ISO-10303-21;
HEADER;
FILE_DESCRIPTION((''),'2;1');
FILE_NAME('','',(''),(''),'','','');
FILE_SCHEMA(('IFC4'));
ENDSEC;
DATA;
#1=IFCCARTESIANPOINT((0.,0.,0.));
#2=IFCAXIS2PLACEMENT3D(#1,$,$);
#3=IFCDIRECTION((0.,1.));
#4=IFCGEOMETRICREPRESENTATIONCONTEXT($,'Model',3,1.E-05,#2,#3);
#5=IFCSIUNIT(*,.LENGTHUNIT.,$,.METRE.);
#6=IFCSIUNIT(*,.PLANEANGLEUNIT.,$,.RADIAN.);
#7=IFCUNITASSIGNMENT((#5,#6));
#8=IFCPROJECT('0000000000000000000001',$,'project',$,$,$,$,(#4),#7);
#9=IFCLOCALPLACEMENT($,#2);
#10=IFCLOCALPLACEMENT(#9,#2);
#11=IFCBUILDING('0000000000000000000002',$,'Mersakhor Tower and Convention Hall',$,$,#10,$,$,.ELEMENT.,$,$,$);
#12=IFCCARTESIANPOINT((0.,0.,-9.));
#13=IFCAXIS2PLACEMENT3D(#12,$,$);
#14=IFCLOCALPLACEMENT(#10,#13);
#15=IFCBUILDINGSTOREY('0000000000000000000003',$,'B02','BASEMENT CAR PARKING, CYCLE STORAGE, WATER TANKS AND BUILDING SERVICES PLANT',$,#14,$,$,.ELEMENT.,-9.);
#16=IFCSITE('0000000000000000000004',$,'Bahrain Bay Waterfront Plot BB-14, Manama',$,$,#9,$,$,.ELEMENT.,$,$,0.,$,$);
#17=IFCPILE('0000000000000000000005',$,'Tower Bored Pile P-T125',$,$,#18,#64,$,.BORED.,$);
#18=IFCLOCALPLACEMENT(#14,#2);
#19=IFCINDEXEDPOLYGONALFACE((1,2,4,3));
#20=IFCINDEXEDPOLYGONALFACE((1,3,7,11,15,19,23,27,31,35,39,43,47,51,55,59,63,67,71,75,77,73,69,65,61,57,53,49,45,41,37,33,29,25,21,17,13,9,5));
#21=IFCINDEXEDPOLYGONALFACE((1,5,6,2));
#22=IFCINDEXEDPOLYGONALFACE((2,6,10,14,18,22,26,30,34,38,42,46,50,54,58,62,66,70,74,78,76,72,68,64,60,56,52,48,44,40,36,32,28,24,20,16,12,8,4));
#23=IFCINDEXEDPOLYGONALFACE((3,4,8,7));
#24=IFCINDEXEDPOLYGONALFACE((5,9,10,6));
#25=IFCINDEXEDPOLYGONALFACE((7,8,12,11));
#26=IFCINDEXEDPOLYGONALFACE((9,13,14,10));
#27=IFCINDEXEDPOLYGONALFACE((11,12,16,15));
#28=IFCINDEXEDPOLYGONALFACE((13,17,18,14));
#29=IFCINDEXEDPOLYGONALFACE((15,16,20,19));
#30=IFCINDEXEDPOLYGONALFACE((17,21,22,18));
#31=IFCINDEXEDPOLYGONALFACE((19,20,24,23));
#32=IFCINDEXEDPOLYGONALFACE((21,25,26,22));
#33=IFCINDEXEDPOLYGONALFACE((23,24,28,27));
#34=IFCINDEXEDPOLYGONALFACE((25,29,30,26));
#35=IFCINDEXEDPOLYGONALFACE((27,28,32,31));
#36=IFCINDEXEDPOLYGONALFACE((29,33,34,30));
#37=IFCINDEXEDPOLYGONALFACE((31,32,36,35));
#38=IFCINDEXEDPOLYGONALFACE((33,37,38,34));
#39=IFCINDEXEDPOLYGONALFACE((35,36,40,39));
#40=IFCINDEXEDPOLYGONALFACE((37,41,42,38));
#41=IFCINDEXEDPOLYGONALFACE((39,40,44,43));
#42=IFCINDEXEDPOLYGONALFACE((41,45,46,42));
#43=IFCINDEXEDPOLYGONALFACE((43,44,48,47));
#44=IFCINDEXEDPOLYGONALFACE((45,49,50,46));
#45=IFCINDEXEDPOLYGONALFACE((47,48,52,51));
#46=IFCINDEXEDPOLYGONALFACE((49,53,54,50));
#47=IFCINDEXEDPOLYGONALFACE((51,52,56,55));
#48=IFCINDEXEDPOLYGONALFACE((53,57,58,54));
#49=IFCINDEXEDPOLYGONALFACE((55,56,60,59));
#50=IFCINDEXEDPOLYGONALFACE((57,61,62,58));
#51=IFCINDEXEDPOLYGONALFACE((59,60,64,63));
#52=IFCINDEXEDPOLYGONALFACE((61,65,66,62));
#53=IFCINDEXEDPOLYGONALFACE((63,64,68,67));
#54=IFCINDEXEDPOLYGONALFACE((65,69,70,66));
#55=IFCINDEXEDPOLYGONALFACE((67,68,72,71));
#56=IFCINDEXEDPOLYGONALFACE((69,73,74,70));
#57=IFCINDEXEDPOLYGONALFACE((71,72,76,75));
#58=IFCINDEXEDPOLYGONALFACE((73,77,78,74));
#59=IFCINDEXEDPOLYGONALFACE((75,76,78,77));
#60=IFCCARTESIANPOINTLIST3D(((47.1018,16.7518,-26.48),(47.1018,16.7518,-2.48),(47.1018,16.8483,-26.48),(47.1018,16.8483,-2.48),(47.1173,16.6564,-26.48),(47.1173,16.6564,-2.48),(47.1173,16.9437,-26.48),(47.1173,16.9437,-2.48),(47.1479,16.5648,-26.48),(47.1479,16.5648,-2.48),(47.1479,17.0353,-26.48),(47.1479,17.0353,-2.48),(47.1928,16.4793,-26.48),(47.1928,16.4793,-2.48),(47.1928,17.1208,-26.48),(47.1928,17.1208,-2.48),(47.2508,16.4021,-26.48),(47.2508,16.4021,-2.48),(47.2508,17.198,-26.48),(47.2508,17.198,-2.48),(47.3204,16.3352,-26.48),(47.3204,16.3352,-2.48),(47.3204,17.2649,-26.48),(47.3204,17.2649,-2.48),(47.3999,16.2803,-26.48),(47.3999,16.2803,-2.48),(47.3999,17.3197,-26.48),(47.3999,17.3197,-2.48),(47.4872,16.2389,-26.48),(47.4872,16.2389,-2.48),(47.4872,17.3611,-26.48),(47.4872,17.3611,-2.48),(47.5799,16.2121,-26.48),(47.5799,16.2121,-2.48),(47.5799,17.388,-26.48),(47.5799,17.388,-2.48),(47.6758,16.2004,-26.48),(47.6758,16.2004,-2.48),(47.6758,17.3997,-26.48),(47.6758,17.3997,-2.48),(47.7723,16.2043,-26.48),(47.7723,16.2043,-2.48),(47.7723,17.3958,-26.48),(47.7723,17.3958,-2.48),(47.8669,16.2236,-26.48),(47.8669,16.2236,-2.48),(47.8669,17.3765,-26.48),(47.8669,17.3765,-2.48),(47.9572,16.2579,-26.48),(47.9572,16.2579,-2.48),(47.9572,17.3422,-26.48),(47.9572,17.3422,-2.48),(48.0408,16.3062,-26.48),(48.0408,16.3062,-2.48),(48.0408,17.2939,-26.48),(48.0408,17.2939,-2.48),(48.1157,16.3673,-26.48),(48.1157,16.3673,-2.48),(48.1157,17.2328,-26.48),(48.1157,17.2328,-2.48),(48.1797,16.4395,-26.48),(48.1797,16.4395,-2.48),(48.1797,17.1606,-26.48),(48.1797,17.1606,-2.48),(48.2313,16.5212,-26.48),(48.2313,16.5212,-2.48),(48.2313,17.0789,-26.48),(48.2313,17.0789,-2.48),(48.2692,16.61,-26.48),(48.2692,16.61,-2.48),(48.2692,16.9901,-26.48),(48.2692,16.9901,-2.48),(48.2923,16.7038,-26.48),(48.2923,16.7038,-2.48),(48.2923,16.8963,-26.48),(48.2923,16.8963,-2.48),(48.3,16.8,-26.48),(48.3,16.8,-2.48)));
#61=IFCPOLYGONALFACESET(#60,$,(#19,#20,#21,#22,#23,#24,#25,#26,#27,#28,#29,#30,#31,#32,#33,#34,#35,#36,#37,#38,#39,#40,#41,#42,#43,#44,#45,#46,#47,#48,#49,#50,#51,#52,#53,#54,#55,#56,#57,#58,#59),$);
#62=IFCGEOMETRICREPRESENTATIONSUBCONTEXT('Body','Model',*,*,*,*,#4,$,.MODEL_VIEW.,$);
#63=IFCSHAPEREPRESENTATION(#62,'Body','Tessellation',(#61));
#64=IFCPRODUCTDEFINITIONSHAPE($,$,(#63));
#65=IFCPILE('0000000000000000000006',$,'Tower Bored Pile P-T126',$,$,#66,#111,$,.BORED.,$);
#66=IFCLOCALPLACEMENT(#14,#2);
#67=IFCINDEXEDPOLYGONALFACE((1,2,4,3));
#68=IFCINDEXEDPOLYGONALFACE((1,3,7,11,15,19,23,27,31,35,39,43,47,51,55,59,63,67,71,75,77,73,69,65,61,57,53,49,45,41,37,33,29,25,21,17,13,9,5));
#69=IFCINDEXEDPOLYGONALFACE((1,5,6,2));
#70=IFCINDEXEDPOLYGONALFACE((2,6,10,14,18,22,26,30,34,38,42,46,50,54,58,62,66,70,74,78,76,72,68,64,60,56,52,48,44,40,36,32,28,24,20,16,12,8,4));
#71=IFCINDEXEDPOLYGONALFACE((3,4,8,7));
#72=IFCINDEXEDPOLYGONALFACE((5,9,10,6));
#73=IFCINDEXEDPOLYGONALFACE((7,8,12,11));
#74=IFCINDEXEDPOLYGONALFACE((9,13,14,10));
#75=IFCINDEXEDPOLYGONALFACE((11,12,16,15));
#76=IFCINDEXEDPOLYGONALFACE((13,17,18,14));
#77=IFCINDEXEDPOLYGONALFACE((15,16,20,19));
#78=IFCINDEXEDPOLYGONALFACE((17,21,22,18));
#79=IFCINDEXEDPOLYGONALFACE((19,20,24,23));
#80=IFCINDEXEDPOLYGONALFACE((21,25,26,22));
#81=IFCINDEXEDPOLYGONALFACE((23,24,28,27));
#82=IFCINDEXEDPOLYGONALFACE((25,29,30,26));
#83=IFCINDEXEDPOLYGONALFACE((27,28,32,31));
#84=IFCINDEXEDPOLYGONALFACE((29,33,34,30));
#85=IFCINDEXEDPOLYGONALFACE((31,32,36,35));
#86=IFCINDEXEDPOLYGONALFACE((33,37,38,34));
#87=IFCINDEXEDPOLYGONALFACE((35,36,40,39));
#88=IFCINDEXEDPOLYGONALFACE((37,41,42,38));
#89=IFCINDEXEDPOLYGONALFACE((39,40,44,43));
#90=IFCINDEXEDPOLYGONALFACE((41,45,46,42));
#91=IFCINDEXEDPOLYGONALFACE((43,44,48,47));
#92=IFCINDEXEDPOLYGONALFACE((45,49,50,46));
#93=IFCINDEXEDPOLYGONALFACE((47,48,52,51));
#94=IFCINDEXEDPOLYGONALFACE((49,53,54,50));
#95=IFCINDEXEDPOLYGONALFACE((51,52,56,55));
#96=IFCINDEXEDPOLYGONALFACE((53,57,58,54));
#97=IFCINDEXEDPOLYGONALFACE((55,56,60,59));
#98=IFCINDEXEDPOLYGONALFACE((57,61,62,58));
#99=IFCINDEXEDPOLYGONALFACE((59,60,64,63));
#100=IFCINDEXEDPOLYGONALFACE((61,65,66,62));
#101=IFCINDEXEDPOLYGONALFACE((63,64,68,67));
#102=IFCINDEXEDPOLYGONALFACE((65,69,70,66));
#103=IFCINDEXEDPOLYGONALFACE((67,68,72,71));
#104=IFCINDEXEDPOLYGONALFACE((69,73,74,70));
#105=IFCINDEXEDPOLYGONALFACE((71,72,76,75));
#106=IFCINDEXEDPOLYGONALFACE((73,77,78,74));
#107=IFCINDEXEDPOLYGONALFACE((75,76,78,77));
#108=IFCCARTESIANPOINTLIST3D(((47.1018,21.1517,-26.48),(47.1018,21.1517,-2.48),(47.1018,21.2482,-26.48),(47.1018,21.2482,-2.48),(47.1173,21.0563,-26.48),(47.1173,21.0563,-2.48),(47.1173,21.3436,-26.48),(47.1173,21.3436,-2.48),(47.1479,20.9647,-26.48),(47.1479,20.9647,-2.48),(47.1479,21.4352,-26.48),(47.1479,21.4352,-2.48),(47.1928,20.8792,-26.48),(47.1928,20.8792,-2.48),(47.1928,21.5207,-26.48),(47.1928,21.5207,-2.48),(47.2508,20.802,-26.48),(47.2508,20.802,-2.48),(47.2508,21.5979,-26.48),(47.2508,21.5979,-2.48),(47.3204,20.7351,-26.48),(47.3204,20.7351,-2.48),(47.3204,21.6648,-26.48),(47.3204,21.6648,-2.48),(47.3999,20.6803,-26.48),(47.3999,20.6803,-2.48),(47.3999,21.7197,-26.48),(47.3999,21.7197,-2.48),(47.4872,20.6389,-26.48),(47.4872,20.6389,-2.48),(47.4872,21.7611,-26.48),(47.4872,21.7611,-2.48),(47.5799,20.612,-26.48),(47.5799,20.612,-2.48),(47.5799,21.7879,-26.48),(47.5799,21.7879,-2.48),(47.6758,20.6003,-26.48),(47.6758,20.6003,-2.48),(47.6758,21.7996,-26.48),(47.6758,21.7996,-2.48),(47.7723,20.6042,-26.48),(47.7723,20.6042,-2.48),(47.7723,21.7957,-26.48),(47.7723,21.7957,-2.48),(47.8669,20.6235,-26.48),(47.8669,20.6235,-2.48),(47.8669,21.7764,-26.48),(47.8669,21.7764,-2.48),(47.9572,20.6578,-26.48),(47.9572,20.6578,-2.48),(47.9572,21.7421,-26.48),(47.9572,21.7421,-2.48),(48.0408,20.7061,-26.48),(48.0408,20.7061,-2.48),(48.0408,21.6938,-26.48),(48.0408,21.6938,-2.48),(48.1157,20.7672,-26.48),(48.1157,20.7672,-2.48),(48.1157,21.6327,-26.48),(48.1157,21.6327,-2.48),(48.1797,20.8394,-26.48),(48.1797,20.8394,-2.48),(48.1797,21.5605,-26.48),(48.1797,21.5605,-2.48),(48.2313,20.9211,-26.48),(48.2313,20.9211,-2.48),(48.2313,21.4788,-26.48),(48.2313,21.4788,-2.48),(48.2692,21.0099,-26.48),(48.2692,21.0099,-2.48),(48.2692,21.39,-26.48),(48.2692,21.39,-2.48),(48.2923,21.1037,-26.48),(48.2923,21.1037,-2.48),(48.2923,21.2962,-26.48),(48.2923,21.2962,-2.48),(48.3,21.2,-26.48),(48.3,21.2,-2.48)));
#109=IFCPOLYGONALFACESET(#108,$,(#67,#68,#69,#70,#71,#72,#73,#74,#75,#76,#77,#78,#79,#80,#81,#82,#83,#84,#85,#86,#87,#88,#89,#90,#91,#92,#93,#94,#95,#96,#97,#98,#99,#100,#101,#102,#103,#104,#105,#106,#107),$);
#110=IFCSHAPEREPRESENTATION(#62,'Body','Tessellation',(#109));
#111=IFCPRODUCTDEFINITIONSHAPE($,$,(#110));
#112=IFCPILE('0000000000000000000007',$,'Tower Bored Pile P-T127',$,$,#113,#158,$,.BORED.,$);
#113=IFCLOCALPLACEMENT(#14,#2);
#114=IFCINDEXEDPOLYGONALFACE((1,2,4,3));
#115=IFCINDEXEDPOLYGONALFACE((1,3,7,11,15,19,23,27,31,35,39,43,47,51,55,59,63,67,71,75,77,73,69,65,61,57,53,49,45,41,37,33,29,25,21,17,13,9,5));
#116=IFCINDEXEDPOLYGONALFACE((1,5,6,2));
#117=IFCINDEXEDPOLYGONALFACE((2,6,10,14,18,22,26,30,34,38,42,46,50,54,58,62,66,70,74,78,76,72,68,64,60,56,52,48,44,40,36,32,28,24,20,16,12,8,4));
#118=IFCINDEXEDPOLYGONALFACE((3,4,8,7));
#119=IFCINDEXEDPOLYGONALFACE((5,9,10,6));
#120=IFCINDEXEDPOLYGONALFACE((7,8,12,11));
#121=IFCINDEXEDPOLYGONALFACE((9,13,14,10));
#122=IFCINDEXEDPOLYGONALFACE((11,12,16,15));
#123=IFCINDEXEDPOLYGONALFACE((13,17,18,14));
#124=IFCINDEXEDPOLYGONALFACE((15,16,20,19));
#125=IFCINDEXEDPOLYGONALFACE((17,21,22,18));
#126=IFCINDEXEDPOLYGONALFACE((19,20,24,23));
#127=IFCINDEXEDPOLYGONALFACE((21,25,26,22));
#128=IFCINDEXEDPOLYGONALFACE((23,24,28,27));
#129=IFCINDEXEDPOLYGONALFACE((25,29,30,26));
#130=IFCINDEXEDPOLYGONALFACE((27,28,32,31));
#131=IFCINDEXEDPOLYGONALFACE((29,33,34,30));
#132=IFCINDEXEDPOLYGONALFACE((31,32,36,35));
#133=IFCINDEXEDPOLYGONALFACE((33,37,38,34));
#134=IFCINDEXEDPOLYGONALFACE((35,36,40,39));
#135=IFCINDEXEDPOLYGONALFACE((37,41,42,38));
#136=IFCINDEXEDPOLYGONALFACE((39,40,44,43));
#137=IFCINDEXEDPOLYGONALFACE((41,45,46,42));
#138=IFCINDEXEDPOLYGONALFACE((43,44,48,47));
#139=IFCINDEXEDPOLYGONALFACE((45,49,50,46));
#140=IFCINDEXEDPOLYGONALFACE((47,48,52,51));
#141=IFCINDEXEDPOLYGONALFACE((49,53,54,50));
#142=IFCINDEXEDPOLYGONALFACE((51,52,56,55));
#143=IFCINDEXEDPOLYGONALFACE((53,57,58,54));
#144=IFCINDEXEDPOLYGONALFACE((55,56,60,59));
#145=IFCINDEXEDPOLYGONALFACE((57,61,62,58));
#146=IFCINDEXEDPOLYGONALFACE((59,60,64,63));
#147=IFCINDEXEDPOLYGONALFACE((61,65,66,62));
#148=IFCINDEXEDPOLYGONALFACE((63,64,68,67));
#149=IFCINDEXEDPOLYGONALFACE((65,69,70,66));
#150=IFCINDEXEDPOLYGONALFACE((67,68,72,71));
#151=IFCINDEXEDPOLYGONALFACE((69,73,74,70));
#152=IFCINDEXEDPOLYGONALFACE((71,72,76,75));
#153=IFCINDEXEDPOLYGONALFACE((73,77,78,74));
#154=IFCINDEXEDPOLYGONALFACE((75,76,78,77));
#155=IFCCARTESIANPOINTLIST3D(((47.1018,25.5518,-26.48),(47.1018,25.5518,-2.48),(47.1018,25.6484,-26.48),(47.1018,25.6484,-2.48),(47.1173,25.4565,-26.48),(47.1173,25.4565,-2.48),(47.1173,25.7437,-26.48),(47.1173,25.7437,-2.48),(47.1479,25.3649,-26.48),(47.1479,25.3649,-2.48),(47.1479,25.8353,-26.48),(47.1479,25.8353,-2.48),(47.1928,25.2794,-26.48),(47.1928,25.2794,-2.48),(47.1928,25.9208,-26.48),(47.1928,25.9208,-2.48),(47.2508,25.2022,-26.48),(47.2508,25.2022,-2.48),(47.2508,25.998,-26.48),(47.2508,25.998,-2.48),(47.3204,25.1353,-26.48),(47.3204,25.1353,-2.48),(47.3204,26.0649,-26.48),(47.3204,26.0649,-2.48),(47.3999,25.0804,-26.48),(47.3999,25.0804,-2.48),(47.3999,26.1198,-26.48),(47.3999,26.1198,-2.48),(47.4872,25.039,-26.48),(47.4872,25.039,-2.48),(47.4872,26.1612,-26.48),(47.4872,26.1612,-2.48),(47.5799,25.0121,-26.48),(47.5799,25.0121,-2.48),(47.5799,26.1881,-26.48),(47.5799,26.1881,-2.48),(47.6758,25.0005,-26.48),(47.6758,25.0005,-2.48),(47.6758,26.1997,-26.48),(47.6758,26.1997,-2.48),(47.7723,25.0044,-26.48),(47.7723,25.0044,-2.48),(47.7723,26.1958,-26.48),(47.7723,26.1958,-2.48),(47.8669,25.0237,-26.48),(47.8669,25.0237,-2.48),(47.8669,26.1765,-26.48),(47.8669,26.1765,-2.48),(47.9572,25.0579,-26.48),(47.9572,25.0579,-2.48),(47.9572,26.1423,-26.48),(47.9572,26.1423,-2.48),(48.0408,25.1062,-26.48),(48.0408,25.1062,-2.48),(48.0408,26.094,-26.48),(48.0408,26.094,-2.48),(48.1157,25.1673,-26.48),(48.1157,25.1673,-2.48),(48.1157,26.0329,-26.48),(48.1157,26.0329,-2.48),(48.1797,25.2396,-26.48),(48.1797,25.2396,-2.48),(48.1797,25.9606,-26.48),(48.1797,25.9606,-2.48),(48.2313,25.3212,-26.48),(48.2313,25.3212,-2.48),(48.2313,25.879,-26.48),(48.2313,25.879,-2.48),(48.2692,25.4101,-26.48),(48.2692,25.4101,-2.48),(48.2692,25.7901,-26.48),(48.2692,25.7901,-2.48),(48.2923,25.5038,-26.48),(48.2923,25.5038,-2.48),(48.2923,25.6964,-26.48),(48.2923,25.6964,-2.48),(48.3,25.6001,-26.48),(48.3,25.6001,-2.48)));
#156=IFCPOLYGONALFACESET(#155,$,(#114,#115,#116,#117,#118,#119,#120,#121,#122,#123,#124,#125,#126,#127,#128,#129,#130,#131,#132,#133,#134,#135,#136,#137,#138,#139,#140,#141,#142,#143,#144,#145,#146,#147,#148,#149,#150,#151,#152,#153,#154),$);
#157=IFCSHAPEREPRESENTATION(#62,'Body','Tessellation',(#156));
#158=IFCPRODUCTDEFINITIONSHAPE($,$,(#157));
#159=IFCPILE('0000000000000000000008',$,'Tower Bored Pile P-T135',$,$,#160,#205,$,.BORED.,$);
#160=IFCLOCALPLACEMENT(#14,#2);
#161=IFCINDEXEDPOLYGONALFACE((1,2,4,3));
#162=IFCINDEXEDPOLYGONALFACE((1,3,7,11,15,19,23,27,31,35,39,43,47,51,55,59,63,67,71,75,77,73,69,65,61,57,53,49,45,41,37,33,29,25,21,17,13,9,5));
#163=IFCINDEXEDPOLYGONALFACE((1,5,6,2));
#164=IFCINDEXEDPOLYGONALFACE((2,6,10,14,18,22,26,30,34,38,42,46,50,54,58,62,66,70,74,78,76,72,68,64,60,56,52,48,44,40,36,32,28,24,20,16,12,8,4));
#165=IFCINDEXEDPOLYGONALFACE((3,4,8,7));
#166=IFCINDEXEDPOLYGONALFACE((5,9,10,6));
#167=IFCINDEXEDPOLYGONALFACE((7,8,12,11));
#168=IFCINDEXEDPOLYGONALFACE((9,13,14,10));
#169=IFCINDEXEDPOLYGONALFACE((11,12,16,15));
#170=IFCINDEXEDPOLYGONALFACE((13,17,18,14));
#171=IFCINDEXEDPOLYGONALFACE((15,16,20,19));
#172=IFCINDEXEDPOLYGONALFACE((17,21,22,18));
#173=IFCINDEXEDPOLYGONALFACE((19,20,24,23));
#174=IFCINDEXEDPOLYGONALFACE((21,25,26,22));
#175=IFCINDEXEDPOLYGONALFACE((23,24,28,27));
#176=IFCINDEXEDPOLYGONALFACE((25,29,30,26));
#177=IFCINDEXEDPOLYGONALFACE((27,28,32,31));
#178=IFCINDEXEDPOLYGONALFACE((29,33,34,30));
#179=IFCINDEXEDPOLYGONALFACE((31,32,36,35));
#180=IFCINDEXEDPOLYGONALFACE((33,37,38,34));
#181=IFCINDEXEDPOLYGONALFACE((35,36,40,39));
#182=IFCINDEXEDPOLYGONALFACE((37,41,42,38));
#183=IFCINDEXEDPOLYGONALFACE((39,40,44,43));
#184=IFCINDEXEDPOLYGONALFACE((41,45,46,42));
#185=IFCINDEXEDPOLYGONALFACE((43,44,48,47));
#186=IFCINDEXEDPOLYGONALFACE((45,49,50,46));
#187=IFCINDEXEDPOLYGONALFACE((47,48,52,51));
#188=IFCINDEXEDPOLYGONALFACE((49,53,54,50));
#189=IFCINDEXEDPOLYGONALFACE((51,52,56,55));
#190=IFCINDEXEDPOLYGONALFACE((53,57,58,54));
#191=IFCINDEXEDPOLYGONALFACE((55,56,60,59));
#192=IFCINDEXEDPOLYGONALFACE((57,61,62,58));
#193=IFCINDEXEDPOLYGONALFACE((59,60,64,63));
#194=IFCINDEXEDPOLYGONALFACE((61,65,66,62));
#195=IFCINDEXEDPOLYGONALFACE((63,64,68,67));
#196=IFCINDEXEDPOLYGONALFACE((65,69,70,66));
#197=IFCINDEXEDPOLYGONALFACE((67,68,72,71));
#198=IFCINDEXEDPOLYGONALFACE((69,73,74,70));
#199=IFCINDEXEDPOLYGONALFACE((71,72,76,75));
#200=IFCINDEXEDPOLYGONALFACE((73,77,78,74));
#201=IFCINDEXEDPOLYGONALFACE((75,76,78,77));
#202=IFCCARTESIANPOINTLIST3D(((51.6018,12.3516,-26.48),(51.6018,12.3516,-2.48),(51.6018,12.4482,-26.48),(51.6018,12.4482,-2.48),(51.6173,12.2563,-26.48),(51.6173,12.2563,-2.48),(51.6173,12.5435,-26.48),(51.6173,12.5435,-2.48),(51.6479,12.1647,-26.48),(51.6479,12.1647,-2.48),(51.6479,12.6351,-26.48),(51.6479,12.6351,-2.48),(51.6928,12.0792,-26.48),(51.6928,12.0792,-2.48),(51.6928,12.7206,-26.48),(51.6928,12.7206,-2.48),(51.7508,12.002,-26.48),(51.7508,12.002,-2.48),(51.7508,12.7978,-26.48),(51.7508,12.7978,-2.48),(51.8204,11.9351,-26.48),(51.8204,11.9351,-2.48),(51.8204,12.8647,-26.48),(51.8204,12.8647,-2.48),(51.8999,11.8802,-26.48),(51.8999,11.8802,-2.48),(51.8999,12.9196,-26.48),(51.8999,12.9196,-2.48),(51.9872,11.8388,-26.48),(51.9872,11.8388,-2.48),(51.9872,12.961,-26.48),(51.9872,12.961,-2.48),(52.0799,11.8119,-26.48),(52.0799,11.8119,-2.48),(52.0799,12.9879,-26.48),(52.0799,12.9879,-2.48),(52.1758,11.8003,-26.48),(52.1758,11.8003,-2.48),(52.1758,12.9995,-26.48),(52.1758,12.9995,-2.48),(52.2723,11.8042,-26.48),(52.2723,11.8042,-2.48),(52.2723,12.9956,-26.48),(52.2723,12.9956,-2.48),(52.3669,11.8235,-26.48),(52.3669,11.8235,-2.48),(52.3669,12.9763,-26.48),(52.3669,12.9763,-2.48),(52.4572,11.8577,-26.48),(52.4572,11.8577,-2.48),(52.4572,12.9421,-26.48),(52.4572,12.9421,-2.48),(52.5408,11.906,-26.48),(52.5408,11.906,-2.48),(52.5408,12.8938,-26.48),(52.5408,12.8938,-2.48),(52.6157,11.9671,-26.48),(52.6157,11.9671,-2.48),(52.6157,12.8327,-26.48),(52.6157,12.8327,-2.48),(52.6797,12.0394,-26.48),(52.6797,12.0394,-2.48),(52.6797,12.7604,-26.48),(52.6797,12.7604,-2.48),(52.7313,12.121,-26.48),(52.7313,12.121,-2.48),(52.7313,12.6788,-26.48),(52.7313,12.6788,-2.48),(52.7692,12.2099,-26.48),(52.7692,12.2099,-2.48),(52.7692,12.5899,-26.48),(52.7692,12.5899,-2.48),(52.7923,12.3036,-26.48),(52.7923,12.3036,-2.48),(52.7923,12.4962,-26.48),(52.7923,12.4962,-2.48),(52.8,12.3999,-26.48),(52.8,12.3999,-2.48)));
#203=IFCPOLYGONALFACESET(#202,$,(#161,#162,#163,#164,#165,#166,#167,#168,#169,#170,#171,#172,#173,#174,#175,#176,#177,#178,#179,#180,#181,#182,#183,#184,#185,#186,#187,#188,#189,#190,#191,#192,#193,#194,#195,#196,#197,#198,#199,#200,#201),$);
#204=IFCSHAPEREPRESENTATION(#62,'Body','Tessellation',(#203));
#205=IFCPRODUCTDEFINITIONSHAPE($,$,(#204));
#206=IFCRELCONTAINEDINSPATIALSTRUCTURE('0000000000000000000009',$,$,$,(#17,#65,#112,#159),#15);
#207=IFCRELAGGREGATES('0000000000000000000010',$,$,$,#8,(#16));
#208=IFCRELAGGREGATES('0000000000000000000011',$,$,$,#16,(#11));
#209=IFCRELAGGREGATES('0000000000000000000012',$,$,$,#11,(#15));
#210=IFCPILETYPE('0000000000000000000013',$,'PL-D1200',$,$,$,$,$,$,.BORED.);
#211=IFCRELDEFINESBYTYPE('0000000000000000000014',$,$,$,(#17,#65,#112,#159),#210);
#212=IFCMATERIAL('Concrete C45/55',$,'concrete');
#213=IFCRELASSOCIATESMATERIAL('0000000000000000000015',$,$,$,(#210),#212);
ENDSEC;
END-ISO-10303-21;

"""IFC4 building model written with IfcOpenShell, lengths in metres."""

from ifc_helpers import new_model, si_unit, direction, frame, origin, origin_2d, place, context, subcontext, project, spatial, circle, extrude, material, material_profile, profile_set, type_object, element, save


model = new_model("IFC4")

# Units and contexts
model_context = context("Model", 3, precision=1e-05, world=origin(), true_north=direction((0.0, 1.0)))
body_context = subcontext(model_context, "Body", "Model", "MODEL_VIEW")
ifc_project = project(units=[si_unit("LENGTHUNIT", "METRE"), si_unit("PLANEANGLEUNIT", "RADIAN")], contexts=[model_context])

# Site, building, storey
site_placement = place(None, origin())
site = spatial("IfcSite", under=ifc_project, at=site_placement, Name="Bahrain Bay Waterfront Plot BB-14, Manama", CompositionType="ELEMENT", RefElevation=0.0)
building_placement = place(site_placement, origin())
building = spatial("IfcBuilding", under=site, at=building_placement, Name="Mersakhor Tower and Convention Hall", CompositionType="ELEMENT")
storey_placement = place(building_placement, frame((0.0, 0.0, -9.0)))
storey = spatial("IfcBuildingStorey", under=building, at=storey_placement, Name="B02", Description="BASEMENT CAR PARKING, CYCLE STORAGE, WATER TANKS AND BUILDING SERVICES PLANT", CompositionType="ELEMENT", Elevation=-9.0)

# Piles
ifc_material_1 = material(Name="Concrete C45/55", Category="concrete")
ifc_material_profile_1 = material_profile(ifc_material_1, circle(Radius=0.6001, at=origin_2d()), Name="PILE D1200")
ifc_profile_set_1 = profile_set([ifc_material_profile_1], Name="Concrete C45/55")
pile_type_1 = type_object("IfcPileType", Name="PL-D1200", PredefinedType="BORED", material=ifc_profile_set_1)
for number, where, z_axis, x_axis, name in (
    (1, (47.7, 16.8, -2.48), (0.0, 0.0, -1.0), (1.0, 0.0, 0.0), "Tower Bored Pile P-T125"),
    (2, (47.7, 21.2, -2.48), (0.0, 0.0, -1.0), (1.0, 0.0, 0.0), "Tower Bored Pile P-T126"),
    (3, (47.7, 25.6001, -2.48), (0.0, 0.0, -1.0), (1.0, 0.0, 0.0), "Tower Bored Pile P-T127"),
    (4, (52.2, 12.3999, -2.48), (0.0, 0.0, -1.0), (1.0, 0.0, 0.0), "Tower Bored Pile P-T135"),
):
    element("IfcPile", number, at=place(storey_placement, frame(where, z_axis=z_axis, x_axis=x_axis)), inside=storey, type_object=pile_type_1, Name=name, PredefinedType="BORED", context=body_context, shape_type="SweptSolid", body=[
        extrude(circle(Radius=0.6001, at=origin_2d()), origin(), (0.0, 0.0, 1.0), 24.0),
    ])

save(model, "model.ifc")
